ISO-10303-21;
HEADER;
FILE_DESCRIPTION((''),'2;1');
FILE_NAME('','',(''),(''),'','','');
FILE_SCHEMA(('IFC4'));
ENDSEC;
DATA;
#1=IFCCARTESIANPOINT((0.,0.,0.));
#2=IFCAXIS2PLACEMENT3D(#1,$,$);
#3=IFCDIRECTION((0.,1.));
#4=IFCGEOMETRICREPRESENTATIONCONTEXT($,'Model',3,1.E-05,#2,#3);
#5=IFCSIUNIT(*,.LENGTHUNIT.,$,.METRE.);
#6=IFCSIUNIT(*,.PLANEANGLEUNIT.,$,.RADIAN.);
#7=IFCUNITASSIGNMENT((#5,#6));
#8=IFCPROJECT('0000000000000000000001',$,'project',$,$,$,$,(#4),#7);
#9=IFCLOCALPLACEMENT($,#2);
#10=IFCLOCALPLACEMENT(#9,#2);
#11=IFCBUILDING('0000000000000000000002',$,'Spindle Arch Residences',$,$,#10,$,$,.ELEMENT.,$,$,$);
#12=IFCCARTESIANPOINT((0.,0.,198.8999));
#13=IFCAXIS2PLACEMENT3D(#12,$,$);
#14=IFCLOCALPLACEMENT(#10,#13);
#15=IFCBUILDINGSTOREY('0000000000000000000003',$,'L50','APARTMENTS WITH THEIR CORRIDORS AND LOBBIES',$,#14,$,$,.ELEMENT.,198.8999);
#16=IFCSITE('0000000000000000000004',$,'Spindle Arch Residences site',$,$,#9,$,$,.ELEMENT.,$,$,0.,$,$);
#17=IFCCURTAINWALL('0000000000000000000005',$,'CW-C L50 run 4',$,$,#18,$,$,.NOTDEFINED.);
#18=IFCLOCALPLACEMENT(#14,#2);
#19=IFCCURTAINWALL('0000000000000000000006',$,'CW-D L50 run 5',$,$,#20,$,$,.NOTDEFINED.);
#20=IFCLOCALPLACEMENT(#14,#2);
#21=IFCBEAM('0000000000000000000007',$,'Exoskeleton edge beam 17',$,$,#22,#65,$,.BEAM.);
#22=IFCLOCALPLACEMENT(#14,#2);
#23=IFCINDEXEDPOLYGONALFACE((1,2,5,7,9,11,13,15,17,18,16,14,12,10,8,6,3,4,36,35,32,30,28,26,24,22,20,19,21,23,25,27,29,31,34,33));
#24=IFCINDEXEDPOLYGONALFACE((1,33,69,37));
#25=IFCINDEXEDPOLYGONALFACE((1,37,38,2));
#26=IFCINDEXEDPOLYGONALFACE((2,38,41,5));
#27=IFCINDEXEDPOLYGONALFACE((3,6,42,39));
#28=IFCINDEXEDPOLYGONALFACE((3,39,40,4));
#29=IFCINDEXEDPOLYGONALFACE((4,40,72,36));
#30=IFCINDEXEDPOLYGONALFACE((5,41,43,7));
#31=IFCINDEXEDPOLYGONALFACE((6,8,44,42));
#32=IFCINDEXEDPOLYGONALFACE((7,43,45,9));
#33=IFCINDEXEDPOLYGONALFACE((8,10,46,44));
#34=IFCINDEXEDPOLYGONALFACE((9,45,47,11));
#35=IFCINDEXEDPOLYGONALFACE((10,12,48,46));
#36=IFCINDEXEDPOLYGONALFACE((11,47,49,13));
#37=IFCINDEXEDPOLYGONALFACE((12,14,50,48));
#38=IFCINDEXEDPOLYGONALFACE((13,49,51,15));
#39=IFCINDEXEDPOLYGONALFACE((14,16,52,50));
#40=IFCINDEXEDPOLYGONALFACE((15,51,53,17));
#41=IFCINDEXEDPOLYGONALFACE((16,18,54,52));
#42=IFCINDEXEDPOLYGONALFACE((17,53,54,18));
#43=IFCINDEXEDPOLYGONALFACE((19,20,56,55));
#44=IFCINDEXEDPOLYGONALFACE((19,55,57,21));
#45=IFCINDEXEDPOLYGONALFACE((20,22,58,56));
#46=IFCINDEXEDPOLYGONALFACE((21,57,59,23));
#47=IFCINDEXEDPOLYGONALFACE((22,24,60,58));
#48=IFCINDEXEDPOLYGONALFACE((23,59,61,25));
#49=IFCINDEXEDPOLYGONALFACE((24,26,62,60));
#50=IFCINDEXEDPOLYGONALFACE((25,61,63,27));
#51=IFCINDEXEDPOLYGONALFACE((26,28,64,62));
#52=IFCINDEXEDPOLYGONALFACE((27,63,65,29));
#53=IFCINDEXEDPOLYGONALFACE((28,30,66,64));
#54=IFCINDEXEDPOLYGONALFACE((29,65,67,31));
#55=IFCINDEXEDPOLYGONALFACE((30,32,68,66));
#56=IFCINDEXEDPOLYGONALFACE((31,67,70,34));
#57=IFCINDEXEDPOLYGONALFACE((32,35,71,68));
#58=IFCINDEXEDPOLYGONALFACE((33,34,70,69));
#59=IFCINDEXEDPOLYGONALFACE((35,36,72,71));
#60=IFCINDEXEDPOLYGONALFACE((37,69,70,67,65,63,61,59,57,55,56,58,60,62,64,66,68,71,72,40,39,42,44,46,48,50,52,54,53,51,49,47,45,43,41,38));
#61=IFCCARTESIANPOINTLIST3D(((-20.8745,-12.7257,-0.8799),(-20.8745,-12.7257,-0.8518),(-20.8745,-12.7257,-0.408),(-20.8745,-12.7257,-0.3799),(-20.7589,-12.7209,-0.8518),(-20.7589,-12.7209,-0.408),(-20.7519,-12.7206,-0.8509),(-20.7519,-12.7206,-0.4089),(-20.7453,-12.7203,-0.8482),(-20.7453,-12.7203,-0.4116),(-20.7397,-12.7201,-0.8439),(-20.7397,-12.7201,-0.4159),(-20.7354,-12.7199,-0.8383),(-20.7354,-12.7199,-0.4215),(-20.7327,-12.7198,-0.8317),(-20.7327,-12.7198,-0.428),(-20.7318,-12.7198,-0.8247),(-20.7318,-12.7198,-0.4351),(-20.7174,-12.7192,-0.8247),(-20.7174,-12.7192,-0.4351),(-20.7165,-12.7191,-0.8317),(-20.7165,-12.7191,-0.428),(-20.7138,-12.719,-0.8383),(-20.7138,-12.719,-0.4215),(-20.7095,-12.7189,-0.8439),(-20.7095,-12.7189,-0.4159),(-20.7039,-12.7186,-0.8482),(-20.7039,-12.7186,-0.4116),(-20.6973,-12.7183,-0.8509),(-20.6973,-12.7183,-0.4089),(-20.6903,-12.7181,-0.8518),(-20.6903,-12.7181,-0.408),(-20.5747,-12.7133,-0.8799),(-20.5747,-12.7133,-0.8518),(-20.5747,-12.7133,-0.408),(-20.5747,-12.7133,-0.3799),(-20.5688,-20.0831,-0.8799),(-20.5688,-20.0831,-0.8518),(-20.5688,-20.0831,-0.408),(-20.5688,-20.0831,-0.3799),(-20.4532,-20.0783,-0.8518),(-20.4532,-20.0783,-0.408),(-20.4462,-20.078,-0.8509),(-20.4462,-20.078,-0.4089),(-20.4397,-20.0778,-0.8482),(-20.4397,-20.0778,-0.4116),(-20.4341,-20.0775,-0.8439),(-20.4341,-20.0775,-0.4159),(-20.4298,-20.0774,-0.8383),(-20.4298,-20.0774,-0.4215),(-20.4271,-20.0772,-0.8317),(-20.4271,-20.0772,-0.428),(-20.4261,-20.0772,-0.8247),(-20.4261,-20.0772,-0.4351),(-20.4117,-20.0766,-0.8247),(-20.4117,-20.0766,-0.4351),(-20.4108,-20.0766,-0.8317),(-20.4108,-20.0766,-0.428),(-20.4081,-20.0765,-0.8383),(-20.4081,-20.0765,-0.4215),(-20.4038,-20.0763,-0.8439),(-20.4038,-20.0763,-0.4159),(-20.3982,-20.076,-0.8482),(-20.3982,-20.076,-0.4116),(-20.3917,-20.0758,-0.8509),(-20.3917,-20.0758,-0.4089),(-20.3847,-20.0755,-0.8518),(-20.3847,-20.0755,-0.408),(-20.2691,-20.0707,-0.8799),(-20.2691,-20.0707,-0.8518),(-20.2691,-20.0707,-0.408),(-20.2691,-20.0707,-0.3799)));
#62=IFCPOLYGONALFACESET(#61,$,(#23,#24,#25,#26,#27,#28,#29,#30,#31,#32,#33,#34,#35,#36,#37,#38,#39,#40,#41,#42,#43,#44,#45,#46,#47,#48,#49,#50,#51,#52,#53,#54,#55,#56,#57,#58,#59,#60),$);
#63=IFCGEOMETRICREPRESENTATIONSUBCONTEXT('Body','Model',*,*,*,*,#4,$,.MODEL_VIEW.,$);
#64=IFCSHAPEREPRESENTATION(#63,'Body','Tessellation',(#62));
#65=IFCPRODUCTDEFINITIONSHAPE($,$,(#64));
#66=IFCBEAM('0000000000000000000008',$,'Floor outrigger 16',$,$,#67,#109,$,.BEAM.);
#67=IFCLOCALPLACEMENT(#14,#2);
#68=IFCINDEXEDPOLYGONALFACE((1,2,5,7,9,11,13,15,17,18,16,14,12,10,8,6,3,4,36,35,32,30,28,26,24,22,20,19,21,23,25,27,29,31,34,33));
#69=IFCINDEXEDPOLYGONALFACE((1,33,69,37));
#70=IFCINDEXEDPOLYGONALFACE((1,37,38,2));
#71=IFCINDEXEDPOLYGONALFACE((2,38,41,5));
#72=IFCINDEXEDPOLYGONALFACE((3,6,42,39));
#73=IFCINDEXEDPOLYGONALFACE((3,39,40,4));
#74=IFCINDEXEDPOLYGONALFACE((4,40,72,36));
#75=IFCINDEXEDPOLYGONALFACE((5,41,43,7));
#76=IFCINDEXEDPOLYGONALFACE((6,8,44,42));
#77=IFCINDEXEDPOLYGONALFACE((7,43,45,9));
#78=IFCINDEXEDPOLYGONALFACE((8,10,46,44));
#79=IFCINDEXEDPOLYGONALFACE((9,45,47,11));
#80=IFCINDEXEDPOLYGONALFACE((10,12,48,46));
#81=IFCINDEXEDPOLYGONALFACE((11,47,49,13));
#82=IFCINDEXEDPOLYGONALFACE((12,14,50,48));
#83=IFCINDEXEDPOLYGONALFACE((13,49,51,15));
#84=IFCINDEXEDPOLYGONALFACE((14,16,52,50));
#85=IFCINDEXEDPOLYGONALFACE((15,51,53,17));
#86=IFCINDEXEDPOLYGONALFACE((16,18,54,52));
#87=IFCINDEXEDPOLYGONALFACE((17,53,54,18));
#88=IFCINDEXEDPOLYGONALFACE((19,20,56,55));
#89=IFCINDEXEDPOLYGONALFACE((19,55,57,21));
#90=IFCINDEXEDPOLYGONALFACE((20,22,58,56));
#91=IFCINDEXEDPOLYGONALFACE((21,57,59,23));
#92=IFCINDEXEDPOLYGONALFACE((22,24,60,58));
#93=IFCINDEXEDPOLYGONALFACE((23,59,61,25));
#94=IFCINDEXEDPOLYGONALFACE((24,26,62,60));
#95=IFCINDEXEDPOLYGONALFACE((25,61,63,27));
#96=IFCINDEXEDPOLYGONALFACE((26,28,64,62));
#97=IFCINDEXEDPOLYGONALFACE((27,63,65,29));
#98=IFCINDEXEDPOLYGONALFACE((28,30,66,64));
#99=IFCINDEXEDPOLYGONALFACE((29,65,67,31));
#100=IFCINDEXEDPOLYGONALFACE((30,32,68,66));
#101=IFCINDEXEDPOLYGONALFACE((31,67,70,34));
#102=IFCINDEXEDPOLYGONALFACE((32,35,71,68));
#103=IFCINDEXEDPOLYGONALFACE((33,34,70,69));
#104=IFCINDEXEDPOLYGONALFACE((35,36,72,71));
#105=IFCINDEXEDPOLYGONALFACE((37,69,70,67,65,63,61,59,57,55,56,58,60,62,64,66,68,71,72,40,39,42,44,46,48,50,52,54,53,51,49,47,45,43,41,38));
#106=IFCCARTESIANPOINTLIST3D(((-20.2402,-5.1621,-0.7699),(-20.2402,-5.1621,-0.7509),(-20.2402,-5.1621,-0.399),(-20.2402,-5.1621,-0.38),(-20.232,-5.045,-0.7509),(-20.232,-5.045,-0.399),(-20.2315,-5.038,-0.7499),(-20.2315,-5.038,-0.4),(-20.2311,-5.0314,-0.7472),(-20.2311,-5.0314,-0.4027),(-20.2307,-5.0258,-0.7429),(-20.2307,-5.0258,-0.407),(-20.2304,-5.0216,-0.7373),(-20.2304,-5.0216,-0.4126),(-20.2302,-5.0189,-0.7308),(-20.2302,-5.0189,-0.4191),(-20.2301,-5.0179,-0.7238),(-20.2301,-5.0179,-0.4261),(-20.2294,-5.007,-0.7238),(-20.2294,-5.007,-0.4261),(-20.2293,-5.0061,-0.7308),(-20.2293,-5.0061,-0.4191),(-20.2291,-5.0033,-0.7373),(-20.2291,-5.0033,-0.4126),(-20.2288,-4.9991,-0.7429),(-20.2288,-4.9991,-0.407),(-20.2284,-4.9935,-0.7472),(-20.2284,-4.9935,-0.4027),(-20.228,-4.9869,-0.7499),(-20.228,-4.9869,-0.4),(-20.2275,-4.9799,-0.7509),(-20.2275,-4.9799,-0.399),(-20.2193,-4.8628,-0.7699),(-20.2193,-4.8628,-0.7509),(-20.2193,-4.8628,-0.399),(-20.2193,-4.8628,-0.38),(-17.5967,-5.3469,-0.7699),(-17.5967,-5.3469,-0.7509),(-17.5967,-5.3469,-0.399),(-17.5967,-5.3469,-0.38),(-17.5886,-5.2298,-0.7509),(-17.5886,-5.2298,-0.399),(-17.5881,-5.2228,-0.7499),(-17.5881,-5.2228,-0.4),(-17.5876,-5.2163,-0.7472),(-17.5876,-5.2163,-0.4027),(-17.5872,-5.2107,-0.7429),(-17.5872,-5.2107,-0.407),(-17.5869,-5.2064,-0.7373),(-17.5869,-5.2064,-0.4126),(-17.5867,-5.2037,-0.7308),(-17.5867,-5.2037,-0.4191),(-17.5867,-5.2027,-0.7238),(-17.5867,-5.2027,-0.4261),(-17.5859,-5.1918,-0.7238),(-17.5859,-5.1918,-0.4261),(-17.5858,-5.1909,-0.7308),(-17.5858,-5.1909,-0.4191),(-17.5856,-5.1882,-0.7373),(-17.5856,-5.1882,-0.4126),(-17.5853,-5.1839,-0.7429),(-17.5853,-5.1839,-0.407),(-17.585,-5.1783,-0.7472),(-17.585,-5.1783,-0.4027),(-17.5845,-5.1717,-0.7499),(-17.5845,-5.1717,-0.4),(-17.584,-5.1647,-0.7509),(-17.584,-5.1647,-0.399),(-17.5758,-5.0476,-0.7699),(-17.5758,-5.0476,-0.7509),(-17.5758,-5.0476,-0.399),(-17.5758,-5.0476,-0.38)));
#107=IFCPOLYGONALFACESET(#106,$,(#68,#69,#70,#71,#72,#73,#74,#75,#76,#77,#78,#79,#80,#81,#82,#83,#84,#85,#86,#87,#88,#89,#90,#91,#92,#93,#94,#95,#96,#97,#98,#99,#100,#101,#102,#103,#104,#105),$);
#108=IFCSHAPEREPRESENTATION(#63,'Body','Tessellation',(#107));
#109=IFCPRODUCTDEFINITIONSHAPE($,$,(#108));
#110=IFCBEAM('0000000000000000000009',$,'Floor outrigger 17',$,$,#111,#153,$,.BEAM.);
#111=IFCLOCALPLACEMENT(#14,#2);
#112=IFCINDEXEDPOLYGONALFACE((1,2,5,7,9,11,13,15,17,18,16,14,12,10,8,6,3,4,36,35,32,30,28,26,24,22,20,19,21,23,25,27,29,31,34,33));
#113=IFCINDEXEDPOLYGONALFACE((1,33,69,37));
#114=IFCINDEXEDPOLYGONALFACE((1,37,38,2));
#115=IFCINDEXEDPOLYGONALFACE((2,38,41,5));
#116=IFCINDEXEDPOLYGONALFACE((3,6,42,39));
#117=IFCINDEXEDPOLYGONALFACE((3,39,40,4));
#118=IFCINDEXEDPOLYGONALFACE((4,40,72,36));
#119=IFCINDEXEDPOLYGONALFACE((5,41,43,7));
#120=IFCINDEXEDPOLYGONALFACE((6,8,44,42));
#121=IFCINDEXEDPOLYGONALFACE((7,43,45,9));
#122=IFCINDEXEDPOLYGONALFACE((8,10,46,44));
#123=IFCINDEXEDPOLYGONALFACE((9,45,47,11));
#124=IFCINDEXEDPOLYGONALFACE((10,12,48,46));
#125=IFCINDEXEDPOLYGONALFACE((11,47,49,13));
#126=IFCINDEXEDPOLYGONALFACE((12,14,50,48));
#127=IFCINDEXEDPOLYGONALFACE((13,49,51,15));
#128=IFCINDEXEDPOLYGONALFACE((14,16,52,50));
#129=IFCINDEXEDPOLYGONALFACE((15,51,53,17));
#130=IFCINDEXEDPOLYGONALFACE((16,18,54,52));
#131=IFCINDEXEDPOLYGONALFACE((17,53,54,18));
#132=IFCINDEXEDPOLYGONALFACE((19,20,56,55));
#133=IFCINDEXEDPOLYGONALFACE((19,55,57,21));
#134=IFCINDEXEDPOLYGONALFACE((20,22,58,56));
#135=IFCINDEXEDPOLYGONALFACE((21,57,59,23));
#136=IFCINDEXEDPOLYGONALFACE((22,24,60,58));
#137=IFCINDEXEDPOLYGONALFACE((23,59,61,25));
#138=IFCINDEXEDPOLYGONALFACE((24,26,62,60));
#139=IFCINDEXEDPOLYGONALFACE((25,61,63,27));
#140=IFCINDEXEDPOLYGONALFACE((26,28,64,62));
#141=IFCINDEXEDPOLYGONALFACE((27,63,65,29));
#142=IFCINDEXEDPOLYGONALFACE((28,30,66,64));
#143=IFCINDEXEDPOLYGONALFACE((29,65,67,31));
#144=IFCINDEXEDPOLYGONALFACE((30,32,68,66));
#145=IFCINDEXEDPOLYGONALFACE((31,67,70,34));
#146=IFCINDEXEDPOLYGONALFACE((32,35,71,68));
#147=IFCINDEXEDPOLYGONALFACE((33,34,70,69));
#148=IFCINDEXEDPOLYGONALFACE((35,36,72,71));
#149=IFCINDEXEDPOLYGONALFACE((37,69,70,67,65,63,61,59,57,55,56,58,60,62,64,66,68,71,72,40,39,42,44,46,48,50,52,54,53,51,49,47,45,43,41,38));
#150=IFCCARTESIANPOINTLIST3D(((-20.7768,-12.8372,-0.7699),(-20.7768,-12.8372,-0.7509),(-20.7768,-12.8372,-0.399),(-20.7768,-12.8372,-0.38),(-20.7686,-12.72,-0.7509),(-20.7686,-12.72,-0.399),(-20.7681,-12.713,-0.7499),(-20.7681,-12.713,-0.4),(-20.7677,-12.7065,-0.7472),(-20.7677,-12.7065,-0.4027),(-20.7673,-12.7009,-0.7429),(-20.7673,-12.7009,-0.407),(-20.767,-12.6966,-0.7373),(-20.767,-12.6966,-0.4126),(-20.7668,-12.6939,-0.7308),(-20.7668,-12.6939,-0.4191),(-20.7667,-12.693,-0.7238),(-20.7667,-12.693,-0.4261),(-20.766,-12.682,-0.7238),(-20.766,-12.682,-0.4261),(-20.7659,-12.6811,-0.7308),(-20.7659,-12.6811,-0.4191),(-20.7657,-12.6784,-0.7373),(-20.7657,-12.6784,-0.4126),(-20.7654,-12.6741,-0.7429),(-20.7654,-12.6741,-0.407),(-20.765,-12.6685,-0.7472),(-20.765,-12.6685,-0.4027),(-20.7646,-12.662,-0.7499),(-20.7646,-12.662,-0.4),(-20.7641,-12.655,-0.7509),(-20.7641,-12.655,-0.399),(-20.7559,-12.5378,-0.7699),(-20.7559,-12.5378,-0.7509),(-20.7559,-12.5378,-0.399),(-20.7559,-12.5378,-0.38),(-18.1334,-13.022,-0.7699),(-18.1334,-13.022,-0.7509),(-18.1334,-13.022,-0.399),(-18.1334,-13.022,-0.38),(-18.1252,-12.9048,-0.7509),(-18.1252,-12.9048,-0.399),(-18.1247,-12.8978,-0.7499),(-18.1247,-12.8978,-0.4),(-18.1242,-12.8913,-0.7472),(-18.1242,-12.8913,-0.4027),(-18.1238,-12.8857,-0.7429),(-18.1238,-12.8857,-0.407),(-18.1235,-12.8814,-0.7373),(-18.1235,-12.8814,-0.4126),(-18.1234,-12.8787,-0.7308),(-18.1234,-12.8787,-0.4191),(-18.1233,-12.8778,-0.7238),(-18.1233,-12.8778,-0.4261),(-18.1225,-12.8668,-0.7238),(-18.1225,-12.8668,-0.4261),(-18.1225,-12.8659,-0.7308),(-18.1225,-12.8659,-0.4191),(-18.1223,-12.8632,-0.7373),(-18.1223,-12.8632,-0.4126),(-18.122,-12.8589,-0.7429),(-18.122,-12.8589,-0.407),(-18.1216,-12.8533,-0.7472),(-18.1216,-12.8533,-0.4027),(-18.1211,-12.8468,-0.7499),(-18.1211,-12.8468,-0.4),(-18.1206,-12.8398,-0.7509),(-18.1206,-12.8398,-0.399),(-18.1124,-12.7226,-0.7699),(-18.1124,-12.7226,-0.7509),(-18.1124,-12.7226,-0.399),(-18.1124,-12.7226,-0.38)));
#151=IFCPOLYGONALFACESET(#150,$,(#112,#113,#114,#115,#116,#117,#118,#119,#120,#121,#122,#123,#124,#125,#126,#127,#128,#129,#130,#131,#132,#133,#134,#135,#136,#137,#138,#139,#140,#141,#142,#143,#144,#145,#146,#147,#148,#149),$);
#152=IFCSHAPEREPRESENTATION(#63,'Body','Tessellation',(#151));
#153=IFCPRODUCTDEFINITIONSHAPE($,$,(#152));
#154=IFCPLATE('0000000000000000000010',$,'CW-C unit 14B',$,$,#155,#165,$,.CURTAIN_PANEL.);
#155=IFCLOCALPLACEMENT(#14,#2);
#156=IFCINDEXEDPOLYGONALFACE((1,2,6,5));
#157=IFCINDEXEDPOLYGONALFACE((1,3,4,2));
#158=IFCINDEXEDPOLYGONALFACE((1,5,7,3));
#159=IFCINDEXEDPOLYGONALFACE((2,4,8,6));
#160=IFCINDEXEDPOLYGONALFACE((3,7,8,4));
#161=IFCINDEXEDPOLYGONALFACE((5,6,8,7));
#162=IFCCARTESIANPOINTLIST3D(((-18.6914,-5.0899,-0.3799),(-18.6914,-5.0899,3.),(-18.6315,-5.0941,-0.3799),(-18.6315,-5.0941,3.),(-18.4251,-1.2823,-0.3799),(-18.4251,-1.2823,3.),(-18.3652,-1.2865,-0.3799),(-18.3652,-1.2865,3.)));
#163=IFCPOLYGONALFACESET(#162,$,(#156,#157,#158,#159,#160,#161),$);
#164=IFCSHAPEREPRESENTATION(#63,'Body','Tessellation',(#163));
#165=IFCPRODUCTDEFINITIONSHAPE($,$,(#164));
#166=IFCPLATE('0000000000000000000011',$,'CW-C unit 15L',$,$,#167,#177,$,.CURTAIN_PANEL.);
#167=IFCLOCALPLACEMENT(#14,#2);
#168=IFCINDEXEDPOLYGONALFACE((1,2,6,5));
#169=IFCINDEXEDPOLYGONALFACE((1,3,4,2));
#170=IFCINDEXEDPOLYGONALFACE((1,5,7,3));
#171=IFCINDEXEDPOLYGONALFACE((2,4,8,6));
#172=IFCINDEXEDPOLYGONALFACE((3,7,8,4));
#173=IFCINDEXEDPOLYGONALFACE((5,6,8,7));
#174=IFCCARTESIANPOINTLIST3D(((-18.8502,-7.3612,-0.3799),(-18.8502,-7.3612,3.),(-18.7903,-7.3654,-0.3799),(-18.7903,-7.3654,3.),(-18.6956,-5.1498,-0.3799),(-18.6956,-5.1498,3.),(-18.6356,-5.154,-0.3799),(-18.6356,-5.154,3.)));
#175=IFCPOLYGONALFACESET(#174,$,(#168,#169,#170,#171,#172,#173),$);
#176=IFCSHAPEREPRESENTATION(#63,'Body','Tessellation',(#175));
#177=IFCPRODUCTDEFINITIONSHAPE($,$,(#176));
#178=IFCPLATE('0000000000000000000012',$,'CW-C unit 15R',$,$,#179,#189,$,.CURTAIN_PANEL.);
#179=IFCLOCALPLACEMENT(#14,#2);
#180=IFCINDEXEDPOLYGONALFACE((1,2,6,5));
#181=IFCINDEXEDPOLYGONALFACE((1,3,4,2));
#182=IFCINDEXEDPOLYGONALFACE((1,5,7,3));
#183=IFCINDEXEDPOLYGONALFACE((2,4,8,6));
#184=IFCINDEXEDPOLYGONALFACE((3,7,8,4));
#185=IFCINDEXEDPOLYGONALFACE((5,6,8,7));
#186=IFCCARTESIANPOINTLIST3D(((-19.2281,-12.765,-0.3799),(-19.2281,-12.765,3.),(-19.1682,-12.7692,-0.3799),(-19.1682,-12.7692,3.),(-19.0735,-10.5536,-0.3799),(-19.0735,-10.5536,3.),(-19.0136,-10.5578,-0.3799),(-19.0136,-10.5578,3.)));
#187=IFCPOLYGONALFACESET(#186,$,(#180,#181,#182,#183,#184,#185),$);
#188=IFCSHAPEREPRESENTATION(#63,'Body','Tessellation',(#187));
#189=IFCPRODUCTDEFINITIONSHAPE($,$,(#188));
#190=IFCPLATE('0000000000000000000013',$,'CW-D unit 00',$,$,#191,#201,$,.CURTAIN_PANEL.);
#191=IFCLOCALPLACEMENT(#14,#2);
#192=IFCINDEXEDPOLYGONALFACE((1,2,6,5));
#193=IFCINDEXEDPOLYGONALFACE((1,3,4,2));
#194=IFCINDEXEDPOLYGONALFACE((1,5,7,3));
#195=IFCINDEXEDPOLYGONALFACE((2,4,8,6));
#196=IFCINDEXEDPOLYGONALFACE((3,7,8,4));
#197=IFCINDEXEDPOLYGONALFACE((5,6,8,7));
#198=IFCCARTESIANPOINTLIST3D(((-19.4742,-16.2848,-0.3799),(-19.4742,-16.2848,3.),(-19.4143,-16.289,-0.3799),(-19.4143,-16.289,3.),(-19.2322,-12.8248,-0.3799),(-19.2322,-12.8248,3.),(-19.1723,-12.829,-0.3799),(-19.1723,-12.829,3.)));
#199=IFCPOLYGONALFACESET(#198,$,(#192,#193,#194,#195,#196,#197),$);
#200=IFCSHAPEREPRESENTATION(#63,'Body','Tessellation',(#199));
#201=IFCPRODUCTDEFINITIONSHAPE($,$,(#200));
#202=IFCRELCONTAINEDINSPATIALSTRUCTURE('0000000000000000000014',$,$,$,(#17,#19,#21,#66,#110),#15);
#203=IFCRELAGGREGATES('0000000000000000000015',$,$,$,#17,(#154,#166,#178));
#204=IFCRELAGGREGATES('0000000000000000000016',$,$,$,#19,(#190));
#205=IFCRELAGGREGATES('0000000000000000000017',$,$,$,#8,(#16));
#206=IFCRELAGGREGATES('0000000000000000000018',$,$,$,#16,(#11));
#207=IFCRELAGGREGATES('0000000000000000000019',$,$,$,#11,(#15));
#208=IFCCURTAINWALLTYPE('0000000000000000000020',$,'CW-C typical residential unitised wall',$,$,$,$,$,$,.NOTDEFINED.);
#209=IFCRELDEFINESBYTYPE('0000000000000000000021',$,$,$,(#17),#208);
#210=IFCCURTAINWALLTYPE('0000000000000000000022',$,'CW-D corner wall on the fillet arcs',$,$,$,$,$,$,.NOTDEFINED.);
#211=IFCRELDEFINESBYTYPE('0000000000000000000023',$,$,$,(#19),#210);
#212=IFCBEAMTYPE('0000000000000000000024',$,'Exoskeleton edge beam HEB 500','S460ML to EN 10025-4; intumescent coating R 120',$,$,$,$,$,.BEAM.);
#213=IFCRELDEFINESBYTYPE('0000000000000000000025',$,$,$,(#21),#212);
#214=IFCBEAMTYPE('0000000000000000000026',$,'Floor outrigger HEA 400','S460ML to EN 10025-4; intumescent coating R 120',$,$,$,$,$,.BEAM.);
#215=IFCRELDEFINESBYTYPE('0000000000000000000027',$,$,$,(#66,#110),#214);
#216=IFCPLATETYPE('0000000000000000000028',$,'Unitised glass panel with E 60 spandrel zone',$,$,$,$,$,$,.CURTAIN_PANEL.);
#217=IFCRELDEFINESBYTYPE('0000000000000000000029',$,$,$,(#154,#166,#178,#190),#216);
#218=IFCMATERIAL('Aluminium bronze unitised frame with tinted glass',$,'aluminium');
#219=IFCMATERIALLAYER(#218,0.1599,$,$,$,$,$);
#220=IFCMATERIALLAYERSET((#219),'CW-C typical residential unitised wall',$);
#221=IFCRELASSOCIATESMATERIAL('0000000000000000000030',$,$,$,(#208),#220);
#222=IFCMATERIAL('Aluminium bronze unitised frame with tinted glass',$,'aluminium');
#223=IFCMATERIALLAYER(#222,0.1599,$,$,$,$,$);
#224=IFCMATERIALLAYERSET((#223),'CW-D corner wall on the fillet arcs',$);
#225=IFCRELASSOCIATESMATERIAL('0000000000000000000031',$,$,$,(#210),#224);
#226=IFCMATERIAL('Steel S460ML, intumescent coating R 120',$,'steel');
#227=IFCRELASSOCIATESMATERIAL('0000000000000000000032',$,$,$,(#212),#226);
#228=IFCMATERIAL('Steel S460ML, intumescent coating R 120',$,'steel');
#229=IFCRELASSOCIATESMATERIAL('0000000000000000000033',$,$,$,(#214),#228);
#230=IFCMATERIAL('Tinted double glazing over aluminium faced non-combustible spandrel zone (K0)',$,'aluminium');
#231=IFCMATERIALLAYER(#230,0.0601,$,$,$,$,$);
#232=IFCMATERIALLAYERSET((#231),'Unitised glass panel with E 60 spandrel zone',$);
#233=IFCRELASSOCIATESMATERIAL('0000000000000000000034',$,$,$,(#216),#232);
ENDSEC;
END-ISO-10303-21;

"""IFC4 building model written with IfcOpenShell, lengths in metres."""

from ifc_helpers import new_model, si_unit, direction, frame, origin, origin_2d, place, context, subcontext, project, spatial, rectangle, i_section, extrude, material, layer, layer_set, material_profile, profile_set, type_object, element, aggregate, save


model = new_model("IFC4")

# Units and contexts
model_context = context("Model", 3, precision=1e-05, world=origin(), true_north=direction((0.0, 1.0)))
body_context = subcontext(model_context, "Body", "Model", "MODEL_VIEW")
ifc_project = project(units=[si_unit("LENGTHUNIT", "METRE"), si_unit("PLANEANGLEUNIT", "RADIAN")], contexts=[model_context])

# Site, building, storey
site_placement = place(None, origin())
site = spatial("IfcSite", under=ifc_project, at=site_placement, Name="Spindle Arch Residences site", CompositionType="ELEMENT", RefElevation=0.0)
building_placement = place(site_placement, origin())
building = spatial("IfcBuilding", under=site, at=building_placement, Name="Spindle Arch Residences", CompositionType="ELEMENT")
storey_placement = place(building_placement, frame((0.0, 0.0, 198.8999)))
storey = spatial("IfcBuildingStorey", under=building, at=storey_placement, Name="L50", Description="APARTMENTS WITH THEIR CORRIDORS AND LOBBIES", CompositionType="ELEMENT", Elevation=198.8999)

# Curtain wall
ifc_material_1 = material(Name="Aluminium bronze unitised frame with tinted glass", Category="aluminium")
ifc_layer_1 = layer(ifc_material_1, 0.1599)
ifc_layer_set_1 = layer_set([ifc_layer_1], Name="CW-C typical residential unitised wall")
curtain_wall_type_1 = type_object("IfcCurtainWallType", Name="CW-C typical residential unitised wall", PredefinedType="NOTDEFINED", material=ifc_layer_set_1)
curtain_wall_1_placement = place(storey_placement, origin())
curtain_wall_1 = element("IfcCurtainWall", 1, at=curtain_wall_1_placement, inside=storey, type_object=curtain_wall_type_1, Name="CW-C L50 run 4", PredefinedType="NOTDEFINED")

# Curtain wall
ifc_material_2 = material(Name="Aluminium bronze unitised frame with tinted glass", Category="aluminium")
ifc_layer_2 = layer(ifc_material_2, 0.1599)
ifc_layer_set_2 = layer_set([ifc_layer_2], Name="CW-D corner wall on the fillet arcs")
curtain_wall_type_2 = type_object("IfcCurtainWallType", Name="CW-D corner wall on the fillet arcs", PredefinedType="NOTDEFINED", material=ifc_layer_set_2)
curtain_wall_2_placement = place(storey_placement, origin())
curtain_wall_2 = element("IfcCurtainWall", 2, at=curtain_wall_2_placement, inside=storey, type_object=curtain_wall_type_2, Name="CW-D L50 run 5", PredefinedType="NOTDEFINED")

# Beams
ifc_material_3 = material(Name="Steel S460ML, intumescent coating R 120", Category="steel")
ifc_material_profile_1 = material_profile(ifc_material_3, i_section(OverallWidth=0.3, OverallDepth=0.5, WebThickness=0.0144, FlangeThickness=0.0281, FilletRadius=0.0271, at=origin_2d()), Name="HEB 500")
ifc_profile_set_1 = profile_set([ifc_material_profile_1], Name="Steel S460ML, intumescent coating R 120")
beam_type_1 = type_object("IfcBeamType", Name="Exoskeleton edge beam HEB 500", Description="S460ML to EN 10025-4; intumescent coating R 120", PredefinedType="BEAM", material=ifc_profile_set_1)
beam_1_placement = place(storey_placement, frame((-20.7246, -12.7195, -0.6299), z_axis=(0.041509, -0.999138, 0.0), x_axis=(0.999138, 0.041509, 0.0)))
element("IfcBeam", 3, at=beam_1_placement, inside=storey, type_object=beam_type_1, Name="Exoskeleton edge beam 17", PredefinedType="BEAM", context=body_context, shape_type="SweptSolid", body=[
    extrude(i_section(OverallWidth=0.3, OverallDepth=0.5, WebThickness=0.0144, FlangeThickness=0.0281, FilletRadius=0.0271, at=origin_2d()), origin(), (0.0, 0.0, 1.0), 7.3638),
])
ifc_material_4 = material(Name="Steel S460ML, intumescent coating R 120", Category="steel")
ifc_material_profile_2 = material_profile(ifc_material_4, i_section(OverallWidth=0.3, OverallDepth=0.3899, WebThickness=0.011, FlangeThickness=0.019, FilletRadius=0.0271, at=origin_2d()), Name="HEA 400")
ifc_profile_set_2 = profile_set([ifc_material_profile_2], Name="Steel S460ML, intumescent coating R 120")
beam_type_2 = type_object("IfcBeamType", Name="Floor outrigger HEA 400", Description="S460ML to EN 10025-4; intumescent coating R 120", PredefinedType="BEAM", material=ifc_profile_set_2)
for number, where, z_axis, x_axis, name in (
    (4, (-20.2297, -5.0125, -0.575), (0.997565, -0.069741, 0.0), (0.069741, 0.997565, 0.0), "Floor outrigger 16"),
    (5, (-20.7664, -12.6875, -0.575), (0.997565, -0.069741, 0.0), (0.069741, 0.997565, 0.0), "Floor outrigger 17"),
):
    element("IfcBeam", number, at=place(storey_placement, frame(where, z_axis=z_axis, x_axis=x_axis)), inside=storey, type_object=beam_type_2, Name=name, PredefinedType="BEAM", context=body_context, shape_type="SweptSolid", body=[
        extrude(i_section(OverallWidth=0.3, OverallDepth=0.3899, WebThickness=0.011, FlangeThickness=0.019, FilletRadius=0.0271, at=origin_2d()), origin(), (0.0, 0.0, 1.0), 2.6499),
    ])

# Plates
ifc_material_5 = material(Name="Tinted double glazing over aluminium faced non-combustible spandrel zone (K0)", Category="aluminium")
ifc_layer_3 = layer(ifc_material_5, 0.0601)
ifc_layer_set_3 = layer_set([ifc_layer_3], Name="Unitised glass panel with E 60 spandrel zone")
plate_type = type_object("IfcPlateType", Name="Unitised glass panel with E 60 spandrel zone", PredefinedType="CURTAIN_PANEL", material=ifc_layer_set_3)
plate_1_placement = place(storey_placement, frame((-18.5283, -3.1882, -0.3799), z_axis=(0.0, 0.0, 1.0), x_axis=(-0.069756, -0.997564, 0.0)))
plate_1 = element("IfcPlate", 6, at=plate_1_placement, type_object=plate_type, Name="CW-C unit 14B", PredefinedType="CURTAIN_PANEL", context=body_context, shape_type="SweptSolid", body=[
    extrude(rectangle(XDim=3.8169, YDim=0.0601, at=origin_2d()), origin(), (0.0, 0.0, 1.0), 3.3799),
])
plate_2_placement = place(storey_placement, frame((-18.7429, -6.2576, -0.3799), z_axis=(0.0, 0.0, 1.0), x_axis=(-0.069756, -0.997564, 0.0)))
plate_2 = element("IfcPlate", 7, at=plate_2_placement, type_object=plate_type, Name="CW-C unit 15L", PredefinedType="CURTAIN_PANEL", context=body_context, shape_type="SweptSolid", body=[
    extrude(rectangle(XDim=2.2168, YDim=0.0601, at=origin_2d()), origin(), (0.0, 0.0, 1.0), 3.3799),
])
plate_3_placement = place(storey_placement, frame((-19.1208, -11.6614, -0.3799), z_axis=(0.0, 0.0, 1.0), x_axis=(-0.069756, -0.997564, 0.0)))
plate_3 = element("IfcPlate", 8, at=plate_3_placement, type_object=plate_type, Name="CW-C unit 15R", PredefinedType="CURTAIN_PANEL", context=body_context, shape_type="SweptSolid", body=[
    extrude(rectangle(XDim=2.2168, YDim=0.0601, at=origin_2d()), origin(), (0.0, 0.0, 1.0), 3.3799),
])
aggregate(curtain_wall_1, [plate_1, plate_2, plate_3])
plate_4_placement = place(storey_placement, frame((-19.3232, -14.5569, -0.3799), z_axis=(0.0, 0.0, 1.0), x_axis=(-0.069756, -0.997564, 0.0)))
plate_4 = element("IfcPlate", 9, at=plate_4_placement, type_object=plate_type, Name="CW-D unit 00", PredefinedType="CURTAIN_PANEL", context=body_context, shape_type="SweptSolid", body=[
    extrude(rectangle(XDim=3.4685, YDim=0.0601, at=origin_2d()), origin(), (0.0, 0.0, 1.0), 3.3799),
])
aggregate(curtain_wall_2, [plate_4])

save(model, "model.ifc")
